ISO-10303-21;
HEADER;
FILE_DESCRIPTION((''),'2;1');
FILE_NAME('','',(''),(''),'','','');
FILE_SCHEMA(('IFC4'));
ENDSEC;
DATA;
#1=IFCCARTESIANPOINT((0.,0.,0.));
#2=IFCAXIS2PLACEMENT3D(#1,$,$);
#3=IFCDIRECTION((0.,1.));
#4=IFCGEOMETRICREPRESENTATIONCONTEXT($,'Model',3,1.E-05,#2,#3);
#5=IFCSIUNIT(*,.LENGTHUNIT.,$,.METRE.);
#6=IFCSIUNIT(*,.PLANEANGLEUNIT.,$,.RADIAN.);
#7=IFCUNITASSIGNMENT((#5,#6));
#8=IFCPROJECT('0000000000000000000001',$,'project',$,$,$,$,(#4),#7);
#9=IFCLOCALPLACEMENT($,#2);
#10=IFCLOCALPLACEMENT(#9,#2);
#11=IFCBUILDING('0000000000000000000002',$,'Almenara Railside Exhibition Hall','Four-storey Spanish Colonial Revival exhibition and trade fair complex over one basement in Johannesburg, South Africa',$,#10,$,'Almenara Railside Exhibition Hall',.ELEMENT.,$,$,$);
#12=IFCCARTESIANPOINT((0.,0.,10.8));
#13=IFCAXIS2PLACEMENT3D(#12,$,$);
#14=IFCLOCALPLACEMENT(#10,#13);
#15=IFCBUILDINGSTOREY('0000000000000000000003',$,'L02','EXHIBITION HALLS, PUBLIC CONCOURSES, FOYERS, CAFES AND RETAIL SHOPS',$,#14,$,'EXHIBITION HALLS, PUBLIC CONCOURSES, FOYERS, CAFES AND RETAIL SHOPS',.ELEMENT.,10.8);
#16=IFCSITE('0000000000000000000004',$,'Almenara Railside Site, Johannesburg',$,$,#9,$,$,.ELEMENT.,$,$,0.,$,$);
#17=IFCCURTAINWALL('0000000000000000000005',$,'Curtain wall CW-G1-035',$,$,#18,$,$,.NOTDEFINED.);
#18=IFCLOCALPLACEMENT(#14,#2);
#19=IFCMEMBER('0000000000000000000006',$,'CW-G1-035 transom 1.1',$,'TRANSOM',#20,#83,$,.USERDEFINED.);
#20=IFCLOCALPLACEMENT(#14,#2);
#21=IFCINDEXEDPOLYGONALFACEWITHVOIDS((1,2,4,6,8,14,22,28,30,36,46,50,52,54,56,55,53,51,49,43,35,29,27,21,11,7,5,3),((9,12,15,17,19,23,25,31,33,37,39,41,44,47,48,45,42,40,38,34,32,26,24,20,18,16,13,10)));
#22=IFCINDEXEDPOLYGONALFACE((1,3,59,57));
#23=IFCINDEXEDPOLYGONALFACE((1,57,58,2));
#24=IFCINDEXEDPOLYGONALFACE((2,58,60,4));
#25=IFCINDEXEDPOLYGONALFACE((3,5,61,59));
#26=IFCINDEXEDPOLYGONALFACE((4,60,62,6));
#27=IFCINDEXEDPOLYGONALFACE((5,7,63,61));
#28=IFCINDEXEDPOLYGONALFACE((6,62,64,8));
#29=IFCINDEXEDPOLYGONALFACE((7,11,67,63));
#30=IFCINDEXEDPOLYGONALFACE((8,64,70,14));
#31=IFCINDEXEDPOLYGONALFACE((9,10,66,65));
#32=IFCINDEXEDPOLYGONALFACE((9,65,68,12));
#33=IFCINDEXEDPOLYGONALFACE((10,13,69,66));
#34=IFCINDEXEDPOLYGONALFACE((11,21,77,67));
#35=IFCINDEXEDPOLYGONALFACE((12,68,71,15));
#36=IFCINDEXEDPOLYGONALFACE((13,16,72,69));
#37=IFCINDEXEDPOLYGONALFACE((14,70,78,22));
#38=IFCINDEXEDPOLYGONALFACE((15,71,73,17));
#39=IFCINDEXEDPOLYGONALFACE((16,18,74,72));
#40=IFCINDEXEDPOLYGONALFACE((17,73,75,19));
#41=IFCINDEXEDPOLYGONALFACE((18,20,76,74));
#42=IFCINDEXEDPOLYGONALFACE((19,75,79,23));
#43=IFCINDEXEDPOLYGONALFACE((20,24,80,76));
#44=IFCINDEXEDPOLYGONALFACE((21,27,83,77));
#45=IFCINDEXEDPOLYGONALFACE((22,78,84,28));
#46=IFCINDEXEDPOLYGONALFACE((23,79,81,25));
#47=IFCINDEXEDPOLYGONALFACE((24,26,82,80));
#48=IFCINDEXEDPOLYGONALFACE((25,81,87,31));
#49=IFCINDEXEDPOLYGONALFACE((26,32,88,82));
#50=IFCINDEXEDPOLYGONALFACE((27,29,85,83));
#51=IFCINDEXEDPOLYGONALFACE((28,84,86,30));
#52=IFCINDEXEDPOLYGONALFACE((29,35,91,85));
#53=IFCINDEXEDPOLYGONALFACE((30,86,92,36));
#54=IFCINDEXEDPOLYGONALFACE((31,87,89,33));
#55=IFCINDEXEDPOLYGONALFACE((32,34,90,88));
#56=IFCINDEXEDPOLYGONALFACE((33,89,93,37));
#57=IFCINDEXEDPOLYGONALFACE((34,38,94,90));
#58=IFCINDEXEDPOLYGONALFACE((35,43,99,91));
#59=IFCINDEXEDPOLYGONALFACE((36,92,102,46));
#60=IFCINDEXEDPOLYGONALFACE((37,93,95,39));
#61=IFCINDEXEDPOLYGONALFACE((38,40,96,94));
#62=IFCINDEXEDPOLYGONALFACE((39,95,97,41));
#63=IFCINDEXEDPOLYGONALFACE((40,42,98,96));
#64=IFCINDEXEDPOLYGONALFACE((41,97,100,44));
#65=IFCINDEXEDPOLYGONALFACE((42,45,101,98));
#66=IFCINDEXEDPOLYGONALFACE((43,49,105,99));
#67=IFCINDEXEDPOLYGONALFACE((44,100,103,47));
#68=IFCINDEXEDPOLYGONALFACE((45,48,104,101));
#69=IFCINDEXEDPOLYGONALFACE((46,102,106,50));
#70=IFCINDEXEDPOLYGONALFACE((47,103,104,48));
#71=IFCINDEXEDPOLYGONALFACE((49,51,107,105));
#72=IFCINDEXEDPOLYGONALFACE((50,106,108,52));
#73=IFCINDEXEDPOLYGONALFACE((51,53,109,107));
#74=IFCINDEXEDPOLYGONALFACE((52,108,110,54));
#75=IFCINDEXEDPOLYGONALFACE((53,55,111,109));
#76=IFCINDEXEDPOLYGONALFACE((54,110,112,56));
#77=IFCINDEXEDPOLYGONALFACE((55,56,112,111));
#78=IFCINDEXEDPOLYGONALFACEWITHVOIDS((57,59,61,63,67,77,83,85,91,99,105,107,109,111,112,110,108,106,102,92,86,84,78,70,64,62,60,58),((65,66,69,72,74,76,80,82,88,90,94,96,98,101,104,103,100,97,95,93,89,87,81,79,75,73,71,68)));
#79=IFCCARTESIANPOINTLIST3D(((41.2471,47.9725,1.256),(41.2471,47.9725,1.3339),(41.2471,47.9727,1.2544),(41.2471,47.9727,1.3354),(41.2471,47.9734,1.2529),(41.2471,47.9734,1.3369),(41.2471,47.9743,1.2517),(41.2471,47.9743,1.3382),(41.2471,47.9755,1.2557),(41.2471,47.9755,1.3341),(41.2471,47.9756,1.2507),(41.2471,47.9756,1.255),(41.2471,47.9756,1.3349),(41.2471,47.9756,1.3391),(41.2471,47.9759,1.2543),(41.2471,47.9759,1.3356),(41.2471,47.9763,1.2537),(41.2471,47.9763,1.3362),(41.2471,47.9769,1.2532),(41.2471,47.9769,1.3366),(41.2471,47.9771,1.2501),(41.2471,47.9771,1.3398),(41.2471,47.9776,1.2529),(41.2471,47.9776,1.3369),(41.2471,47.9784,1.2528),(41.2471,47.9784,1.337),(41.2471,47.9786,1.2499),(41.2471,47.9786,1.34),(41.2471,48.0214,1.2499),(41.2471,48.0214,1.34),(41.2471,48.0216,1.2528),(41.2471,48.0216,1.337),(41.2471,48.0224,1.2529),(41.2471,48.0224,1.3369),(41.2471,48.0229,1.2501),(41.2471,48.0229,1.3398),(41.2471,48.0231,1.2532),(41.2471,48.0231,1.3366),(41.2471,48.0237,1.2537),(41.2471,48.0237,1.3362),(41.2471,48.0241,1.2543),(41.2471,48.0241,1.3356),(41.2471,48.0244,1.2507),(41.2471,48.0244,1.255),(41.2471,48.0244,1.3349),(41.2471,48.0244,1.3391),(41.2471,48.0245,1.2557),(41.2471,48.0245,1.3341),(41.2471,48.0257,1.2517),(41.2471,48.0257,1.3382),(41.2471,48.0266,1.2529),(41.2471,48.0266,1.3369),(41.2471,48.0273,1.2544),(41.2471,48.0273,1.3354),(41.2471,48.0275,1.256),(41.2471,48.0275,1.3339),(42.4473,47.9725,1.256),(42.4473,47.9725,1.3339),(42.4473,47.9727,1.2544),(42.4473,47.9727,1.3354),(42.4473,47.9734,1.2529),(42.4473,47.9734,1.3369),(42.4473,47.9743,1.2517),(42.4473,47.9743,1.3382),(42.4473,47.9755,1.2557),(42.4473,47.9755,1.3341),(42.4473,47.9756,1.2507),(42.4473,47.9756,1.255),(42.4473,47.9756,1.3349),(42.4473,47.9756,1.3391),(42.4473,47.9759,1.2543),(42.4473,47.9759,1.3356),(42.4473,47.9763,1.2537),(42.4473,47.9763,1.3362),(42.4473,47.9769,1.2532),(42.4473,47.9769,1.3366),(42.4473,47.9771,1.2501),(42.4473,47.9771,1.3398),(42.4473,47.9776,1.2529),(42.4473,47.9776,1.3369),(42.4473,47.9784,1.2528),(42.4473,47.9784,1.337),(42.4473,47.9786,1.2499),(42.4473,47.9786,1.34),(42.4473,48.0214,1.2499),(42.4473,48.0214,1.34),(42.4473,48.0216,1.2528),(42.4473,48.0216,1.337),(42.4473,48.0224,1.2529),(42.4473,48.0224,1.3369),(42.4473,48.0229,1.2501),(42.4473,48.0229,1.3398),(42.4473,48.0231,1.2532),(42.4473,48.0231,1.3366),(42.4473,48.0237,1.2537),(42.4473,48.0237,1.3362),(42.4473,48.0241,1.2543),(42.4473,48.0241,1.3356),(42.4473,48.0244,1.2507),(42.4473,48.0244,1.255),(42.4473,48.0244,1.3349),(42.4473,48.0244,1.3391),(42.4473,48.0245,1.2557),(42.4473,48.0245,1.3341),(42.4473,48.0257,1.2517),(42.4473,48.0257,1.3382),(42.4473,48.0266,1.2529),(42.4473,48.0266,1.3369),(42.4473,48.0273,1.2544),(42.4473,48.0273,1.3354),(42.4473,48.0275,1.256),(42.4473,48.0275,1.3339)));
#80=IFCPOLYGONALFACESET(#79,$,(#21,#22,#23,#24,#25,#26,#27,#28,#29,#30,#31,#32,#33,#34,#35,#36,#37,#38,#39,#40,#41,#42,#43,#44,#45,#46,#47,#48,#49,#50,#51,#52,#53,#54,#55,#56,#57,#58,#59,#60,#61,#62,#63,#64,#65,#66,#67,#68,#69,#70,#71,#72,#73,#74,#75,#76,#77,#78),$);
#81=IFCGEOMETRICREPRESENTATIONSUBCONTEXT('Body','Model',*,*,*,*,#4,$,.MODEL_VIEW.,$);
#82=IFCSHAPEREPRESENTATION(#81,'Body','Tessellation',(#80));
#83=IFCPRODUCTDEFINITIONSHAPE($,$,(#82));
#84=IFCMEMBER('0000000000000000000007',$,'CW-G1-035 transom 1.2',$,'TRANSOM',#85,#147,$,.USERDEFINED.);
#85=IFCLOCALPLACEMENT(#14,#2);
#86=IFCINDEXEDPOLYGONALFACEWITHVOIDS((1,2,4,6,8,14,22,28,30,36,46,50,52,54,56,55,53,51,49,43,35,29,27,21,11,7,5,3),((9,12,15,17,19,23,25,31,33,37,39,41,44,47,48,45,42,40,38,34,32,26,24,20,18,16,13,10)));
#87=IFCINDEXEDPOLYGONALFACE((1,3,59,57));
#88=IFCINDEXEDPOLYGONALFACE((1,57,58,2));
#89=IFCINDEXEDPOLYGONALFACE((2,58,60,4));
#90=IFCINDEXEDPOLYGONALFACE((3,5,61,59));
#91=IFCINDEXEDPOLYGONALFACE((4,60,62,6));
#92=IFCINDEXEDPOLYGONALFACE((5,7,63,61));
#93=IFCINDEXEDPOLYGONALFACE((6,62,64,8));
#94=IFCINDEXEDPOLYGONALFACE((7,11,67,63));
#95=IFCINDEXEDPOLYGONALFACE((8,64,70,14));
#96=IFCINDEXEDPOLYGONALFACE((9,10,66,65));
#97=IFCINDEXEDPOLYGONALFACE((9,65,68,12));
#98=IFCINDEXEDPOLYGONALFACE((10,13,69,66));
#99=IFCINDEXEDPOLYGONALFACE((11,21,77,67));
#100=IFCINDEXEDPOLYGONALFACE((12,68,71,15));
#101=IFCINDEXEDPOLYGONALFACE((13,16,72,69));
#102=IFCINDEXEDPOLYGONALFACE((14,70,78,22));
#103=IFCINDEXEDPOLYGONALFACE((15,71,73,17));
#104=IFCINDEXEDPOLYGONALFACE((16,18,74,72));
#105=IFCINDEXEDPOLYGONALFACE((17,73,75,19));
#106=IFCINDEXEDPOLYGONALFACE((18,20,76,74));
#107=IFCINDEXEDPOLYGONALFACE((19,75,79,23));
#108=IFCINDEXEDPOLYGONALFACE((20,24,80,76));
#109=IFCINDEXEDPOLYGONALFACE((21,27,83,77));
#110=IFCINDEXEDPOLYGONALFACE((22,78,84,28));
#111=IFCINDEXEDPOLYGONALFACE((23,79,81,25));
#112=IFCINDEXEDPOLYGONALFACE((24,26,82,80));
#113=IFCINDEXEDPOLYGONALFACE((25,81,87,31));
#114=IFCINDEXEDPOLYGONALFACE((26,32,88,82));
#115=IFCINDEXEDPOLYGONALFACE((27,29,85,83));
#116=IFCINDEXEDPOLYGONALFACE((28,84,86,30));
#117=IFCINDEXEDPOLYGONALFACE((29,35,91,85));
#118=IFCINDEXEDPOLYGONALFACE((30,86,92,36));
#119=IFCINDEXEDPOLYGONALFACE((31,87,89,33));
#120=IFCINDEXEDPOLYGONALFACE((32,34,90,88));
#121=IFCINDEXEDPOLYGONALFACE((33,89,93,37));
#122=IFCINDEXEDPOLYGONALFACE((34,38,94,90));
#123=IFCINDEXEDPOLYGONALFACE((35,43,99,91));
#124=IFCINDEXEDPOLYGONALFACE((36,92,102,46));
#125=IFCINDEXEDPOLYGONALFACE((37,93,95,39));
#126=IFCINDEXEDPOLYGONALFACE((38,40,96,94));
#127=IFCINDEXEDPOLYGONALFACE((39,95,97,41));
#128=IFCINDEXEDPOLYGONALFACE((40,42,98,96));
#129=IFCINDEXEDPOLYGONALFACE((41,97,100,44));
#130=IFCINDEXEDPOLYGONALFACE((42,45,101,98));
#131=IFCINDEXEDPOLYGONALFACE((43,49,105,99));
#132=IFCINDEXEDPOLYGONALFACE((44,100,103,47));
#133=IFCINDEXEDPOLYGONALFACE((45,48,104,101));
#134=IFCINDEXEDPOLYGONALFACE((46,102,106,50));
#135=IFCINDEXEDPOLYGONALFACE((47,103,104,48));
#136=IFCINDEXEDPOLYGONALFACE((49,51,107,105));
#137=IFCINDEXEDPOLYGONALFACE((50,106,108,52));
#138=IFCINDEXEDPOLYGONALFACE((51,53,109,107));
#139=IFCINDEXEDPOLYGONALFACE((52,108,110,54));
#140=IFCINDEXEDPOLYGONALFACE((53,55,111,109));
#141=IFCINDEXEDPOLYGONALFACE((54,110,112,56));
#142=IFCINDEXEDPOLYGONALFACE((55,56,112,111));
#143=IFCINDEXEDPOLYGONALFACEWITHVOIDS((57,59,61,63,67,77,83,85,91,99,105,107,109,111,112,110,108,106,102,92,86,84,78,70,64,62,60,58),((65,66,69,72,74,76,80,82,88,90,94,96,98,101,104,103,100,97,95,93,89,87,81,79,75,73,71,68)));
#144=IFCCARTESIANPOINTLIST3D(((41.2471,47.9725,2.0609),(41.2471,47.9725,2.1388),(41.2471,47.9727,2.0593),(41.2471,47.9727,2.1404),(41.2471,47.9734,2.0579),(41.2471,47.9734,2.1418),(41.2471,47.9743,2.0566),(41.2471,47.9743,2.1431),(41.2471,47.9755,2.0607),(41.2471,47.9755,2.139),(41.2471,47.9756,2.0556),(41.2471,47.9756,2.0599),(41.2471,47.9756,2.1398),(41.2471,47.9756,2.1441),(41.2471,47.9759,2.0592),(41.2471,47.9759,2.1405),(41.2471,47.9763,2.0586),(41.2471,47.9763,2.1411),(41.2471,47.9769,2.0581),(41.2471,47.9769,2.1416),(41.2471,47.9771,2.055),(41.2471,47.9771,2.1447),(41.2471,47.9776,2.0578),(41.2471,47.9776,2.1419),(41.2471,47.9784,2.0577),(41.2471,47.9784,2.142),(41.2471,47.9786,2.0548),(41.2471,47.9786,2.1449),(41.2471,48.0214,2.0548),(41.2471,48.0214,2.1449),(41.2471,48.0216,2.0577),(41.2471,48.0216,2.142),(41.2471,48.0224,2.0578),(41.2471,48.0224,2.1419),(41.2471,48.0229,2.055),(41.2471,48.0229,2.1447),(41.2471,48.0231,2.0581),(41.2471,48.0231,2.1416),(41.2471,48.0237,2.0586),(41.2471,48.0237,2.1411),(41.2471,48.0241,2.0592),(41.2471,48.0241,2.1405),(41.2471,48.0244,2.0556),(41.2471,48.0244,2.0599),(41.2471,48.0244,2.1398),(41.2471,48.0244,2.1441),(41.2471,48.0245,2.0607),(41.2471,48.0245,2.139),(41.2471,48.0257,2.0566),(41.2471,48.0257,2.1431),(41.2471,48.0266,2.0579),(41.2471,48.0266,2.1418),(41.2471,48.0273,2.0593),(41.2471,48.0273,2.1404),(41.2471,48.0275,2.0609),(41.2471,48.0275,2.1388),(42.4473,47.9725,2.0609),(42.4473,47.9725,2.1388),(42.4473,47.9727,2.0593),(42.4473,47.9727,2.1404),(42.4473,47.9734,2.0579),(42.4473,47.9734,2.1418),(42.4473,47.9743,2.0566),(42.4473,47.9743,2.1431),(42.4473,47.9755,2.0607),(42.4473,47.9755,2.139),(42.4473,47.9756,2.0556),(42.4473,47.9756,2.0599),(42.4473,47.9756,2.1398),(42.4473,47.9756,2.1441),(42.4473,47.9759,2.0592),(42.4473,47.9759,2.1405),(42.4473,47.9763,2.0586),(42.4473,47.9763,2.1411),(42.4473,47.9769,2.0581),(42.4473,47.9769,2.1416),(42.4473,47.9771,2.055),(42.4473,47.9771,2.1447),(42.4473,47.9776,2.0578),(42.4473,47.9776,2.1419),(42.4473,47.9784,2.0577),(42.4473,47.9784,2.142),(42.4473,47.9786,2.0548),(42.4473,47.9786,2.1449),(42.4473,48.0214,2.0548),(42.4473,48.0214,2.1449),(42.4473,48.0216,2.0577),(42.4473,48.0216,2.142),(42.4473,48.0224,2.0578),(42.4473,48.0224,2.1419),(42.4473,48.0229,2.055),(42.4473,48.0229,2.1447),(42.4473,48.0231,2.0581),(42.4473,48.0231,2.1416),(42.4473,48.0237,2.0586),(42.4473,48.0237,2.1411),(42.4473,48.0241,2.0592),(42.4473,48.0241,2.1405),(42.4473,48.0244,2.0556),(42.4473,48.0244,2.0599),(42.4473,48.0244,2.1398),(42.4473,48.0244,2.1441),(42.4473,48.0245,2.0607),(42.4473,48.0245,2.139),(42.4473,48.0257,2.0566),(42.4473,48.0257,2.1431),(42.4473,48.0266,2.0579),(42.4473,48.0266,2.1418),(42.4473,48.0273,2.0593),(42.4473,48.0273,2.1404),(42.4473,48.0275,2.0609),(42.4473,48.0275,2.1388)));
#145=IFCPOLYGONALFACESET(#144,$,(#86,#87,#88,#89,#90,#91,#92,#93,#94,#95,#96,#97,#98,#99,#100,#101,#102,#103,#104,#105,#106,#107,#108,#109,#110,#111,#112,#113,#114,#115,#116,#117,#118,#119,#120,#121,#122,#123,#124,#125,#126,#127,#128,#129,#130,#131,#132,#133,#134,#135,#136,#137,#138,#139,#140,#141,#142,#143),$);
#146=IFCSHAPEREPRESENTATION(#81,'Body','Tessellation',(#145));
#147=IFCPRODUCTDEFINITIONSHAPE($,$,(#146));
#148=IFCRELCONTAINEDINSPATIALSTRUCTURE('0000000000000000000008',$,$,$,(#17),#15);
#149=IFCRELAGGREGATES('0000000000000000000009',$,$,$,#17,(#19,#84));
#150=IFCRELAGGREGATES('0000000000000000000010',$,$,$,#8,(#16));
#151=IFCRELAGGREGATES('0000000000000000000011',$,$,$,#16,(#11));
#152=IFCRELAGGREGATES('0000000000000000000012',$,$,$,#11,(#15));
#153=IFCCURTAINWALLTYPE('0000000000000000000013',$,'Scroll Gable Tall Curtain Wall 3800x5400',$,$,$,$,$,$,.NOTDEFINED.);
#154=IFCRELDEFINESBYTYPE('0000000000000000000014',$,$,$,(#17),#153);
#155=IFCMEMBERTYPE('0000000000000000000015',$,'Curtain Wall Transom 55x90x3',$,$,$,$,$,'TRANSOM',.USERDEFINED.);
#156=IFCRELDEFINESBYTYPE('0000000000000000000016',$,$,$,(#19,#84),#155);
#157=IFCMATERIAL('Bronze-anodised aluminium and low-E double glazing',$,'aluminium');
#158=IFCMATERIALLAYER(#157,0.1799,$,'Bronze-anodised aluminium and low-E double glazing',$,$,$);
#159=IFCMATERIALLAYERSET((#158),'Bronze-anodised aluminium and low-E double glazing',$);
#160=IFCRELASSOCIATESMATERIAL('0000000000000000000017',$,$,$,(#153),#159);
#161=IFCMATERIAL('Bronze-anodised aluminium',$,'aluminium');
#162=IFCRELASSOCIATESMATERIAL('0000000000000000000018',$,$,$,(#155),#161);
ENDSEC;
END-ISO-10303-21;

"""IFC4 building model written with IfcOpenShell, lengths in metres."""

from ifc_helpers import new_model, si_unit, direction, frame, origin, origin_2d, place, context, subcontext, project, spatial, hollow_rectangle, extrude, material, layer, layer_set, material_profile, profile_set, type_object, element, aggregate, save


model = new_model("IFC4")

# Units and contexts
model_context = context("Model", 3, precision=1e-05, world=origin(), true_north=direction((0.0, 1.0)))
body_context = subcontext(model_context, "Body", "Model", "MODEL_VIEW")
ifc_project = project(units=[si_unit("LENGTHUNIT", "METRE"), si_unit("PLANEANGLEUNIT", "RADIAN")], contexts=[model_context])

# Site, building, storey
site_placement = place(None, origin())
site = spatial("IfcSite", under=ifc_project, at=site_placement, Name="Almenara Railside Site, Johannesburg", CompositionType="ELEMENT", RefElevation=0.0)
building_placement = place(site_placement, origin())
building = spatial("IfcBuilding", under=site, at=building_placement, Name="Almenara Railside Exhibition Hall", Description="Four-storey Spanish Colonial Revival exhibition and trade fair complex over one basement in Johannesburg, South Africa", LongName="Almenara Railside Exhibition Hall", CompositionType="ELEMENT")
storey_placement = place(building_placement, frame((0.0, 0.0, 10.8)))
storey = spatial("IfcBuildingStorey", under=building, at=storey_placement, Name="L02", Description="EXHIBITION HALLS, PUBLIC CONCOURSES, FOYERS, CAFES AND RETAIL SHOPS", LongName="EXHIBITION HALLS, PUBLIC CONCOURSES, FOYERS, CAFES AND RETAIL SHOPS", CompositionType="ELEMENT", Elevation=10.8)

# Curtain wall
ifc_material_1 = material(Name="Bronze-anodised aluminium and low-E double glazing", Category="aluminium")
ifc_layer_1 = layer(ifc_material_1, 0.1799, Name="Bronze-anodised aluminium and low-E double glazing")
ifc_layer_set_1 = layer_set([ifc_layer_1], Name="Bronze-anodised aluminium and low-E double glazing")
curtain_wall_type = type_object("IfcCurtainWallType", Name="Scroll Gable Tall Curtain Wall 3800x5400", PredefinedType="NOTDEFINED", material=ifc_layer_set_1)
curtain_wall_1_placement = place(storey_placement, origin())
curtain_wall_1 = element("IfcCurtainWall", 1, at=curtain_wall_1_placement, inside=storey, type_object=curtain_wall_type, Name="Curtain wall CW-G1-035", PredefinedType="NOTDEFINED")
ifc_material_2 = material(Name="Bronze-anodised aluminium", Category="aluminium")

# Members
ifc_material_profile_1 = material_profile(ifc_material_2, hollow_rectangle(XDim=0.0549, YDim=0.0901, WallThickness=0.0029, InnerFilletRadius=0.0029, OuterFilletRadius=0.0061, at=origin_2d()), Name="ALU-TRN 55x90x3")
ifc_profile_set_1 = profile_set([ifc_material_profile_1], Name="Bronze-anodised aluminium")
member_type_1 = type_object("IfcMemberType", Name="Curtain Wall Transom 55x90x3", ElementType="TRANSOM", PredefinedType="USERDEFINED", material=ifc_profile_set_1)
member_1_placement = place(storey_placement, frame((41.2471, 48.0, 1.2949), z_axis=(1.0, 0.0, 0.0), x_axis=(0.0, 1.0, 0.0)))
member_1 = element("IfcMember", 2, at=member_1_placement, type_object=member_type_1, Name="CW-G1-035 transom 1.1", ObjectType="TRANSOM", PredefinedType="USERDEFINED", context=body_context, shape_type="SweptSolid", body=[
    extrude(hollow_rectangle(XDim=0.0549, YDim=0.0901, WallThickness=0.0029, InnerFilletRadius=0.0029, OuterFilletRadius=0.0061, at=origin_2d()), origin(), (0.0, 0.0, 1.0), 1.2002),
])
member_2_placement = place(storey_placement, frame((41.2471, 48.0, 2.0999), z_axis=(1.0, 0.0, 0.0), x_axis=(0.0, 1.0, 0.0)))
member_2 = element("IfcMember", 3, at=member_2_placement, type_object=member_type_1, Name="CW-G1-035 transom 1.2", ObjectType="TRANSOM", PredefinedType="USERDEFINED", context=body_context, shape_type="SweptSolid", body=[
    extrude(hollow_rectangle(XDim=0.0549, YDim=0.0901, WallThickness=0.0029, InnerFilletRadius=0.0029, OuterFilletRadius=0.0061, at=origin_2d()), origin(), (0.0, 0.0, 1.0), 1.2002),
])

aggregate(curtain_wall_1, [member_1, member_2])

save(model, "model.ifc")
